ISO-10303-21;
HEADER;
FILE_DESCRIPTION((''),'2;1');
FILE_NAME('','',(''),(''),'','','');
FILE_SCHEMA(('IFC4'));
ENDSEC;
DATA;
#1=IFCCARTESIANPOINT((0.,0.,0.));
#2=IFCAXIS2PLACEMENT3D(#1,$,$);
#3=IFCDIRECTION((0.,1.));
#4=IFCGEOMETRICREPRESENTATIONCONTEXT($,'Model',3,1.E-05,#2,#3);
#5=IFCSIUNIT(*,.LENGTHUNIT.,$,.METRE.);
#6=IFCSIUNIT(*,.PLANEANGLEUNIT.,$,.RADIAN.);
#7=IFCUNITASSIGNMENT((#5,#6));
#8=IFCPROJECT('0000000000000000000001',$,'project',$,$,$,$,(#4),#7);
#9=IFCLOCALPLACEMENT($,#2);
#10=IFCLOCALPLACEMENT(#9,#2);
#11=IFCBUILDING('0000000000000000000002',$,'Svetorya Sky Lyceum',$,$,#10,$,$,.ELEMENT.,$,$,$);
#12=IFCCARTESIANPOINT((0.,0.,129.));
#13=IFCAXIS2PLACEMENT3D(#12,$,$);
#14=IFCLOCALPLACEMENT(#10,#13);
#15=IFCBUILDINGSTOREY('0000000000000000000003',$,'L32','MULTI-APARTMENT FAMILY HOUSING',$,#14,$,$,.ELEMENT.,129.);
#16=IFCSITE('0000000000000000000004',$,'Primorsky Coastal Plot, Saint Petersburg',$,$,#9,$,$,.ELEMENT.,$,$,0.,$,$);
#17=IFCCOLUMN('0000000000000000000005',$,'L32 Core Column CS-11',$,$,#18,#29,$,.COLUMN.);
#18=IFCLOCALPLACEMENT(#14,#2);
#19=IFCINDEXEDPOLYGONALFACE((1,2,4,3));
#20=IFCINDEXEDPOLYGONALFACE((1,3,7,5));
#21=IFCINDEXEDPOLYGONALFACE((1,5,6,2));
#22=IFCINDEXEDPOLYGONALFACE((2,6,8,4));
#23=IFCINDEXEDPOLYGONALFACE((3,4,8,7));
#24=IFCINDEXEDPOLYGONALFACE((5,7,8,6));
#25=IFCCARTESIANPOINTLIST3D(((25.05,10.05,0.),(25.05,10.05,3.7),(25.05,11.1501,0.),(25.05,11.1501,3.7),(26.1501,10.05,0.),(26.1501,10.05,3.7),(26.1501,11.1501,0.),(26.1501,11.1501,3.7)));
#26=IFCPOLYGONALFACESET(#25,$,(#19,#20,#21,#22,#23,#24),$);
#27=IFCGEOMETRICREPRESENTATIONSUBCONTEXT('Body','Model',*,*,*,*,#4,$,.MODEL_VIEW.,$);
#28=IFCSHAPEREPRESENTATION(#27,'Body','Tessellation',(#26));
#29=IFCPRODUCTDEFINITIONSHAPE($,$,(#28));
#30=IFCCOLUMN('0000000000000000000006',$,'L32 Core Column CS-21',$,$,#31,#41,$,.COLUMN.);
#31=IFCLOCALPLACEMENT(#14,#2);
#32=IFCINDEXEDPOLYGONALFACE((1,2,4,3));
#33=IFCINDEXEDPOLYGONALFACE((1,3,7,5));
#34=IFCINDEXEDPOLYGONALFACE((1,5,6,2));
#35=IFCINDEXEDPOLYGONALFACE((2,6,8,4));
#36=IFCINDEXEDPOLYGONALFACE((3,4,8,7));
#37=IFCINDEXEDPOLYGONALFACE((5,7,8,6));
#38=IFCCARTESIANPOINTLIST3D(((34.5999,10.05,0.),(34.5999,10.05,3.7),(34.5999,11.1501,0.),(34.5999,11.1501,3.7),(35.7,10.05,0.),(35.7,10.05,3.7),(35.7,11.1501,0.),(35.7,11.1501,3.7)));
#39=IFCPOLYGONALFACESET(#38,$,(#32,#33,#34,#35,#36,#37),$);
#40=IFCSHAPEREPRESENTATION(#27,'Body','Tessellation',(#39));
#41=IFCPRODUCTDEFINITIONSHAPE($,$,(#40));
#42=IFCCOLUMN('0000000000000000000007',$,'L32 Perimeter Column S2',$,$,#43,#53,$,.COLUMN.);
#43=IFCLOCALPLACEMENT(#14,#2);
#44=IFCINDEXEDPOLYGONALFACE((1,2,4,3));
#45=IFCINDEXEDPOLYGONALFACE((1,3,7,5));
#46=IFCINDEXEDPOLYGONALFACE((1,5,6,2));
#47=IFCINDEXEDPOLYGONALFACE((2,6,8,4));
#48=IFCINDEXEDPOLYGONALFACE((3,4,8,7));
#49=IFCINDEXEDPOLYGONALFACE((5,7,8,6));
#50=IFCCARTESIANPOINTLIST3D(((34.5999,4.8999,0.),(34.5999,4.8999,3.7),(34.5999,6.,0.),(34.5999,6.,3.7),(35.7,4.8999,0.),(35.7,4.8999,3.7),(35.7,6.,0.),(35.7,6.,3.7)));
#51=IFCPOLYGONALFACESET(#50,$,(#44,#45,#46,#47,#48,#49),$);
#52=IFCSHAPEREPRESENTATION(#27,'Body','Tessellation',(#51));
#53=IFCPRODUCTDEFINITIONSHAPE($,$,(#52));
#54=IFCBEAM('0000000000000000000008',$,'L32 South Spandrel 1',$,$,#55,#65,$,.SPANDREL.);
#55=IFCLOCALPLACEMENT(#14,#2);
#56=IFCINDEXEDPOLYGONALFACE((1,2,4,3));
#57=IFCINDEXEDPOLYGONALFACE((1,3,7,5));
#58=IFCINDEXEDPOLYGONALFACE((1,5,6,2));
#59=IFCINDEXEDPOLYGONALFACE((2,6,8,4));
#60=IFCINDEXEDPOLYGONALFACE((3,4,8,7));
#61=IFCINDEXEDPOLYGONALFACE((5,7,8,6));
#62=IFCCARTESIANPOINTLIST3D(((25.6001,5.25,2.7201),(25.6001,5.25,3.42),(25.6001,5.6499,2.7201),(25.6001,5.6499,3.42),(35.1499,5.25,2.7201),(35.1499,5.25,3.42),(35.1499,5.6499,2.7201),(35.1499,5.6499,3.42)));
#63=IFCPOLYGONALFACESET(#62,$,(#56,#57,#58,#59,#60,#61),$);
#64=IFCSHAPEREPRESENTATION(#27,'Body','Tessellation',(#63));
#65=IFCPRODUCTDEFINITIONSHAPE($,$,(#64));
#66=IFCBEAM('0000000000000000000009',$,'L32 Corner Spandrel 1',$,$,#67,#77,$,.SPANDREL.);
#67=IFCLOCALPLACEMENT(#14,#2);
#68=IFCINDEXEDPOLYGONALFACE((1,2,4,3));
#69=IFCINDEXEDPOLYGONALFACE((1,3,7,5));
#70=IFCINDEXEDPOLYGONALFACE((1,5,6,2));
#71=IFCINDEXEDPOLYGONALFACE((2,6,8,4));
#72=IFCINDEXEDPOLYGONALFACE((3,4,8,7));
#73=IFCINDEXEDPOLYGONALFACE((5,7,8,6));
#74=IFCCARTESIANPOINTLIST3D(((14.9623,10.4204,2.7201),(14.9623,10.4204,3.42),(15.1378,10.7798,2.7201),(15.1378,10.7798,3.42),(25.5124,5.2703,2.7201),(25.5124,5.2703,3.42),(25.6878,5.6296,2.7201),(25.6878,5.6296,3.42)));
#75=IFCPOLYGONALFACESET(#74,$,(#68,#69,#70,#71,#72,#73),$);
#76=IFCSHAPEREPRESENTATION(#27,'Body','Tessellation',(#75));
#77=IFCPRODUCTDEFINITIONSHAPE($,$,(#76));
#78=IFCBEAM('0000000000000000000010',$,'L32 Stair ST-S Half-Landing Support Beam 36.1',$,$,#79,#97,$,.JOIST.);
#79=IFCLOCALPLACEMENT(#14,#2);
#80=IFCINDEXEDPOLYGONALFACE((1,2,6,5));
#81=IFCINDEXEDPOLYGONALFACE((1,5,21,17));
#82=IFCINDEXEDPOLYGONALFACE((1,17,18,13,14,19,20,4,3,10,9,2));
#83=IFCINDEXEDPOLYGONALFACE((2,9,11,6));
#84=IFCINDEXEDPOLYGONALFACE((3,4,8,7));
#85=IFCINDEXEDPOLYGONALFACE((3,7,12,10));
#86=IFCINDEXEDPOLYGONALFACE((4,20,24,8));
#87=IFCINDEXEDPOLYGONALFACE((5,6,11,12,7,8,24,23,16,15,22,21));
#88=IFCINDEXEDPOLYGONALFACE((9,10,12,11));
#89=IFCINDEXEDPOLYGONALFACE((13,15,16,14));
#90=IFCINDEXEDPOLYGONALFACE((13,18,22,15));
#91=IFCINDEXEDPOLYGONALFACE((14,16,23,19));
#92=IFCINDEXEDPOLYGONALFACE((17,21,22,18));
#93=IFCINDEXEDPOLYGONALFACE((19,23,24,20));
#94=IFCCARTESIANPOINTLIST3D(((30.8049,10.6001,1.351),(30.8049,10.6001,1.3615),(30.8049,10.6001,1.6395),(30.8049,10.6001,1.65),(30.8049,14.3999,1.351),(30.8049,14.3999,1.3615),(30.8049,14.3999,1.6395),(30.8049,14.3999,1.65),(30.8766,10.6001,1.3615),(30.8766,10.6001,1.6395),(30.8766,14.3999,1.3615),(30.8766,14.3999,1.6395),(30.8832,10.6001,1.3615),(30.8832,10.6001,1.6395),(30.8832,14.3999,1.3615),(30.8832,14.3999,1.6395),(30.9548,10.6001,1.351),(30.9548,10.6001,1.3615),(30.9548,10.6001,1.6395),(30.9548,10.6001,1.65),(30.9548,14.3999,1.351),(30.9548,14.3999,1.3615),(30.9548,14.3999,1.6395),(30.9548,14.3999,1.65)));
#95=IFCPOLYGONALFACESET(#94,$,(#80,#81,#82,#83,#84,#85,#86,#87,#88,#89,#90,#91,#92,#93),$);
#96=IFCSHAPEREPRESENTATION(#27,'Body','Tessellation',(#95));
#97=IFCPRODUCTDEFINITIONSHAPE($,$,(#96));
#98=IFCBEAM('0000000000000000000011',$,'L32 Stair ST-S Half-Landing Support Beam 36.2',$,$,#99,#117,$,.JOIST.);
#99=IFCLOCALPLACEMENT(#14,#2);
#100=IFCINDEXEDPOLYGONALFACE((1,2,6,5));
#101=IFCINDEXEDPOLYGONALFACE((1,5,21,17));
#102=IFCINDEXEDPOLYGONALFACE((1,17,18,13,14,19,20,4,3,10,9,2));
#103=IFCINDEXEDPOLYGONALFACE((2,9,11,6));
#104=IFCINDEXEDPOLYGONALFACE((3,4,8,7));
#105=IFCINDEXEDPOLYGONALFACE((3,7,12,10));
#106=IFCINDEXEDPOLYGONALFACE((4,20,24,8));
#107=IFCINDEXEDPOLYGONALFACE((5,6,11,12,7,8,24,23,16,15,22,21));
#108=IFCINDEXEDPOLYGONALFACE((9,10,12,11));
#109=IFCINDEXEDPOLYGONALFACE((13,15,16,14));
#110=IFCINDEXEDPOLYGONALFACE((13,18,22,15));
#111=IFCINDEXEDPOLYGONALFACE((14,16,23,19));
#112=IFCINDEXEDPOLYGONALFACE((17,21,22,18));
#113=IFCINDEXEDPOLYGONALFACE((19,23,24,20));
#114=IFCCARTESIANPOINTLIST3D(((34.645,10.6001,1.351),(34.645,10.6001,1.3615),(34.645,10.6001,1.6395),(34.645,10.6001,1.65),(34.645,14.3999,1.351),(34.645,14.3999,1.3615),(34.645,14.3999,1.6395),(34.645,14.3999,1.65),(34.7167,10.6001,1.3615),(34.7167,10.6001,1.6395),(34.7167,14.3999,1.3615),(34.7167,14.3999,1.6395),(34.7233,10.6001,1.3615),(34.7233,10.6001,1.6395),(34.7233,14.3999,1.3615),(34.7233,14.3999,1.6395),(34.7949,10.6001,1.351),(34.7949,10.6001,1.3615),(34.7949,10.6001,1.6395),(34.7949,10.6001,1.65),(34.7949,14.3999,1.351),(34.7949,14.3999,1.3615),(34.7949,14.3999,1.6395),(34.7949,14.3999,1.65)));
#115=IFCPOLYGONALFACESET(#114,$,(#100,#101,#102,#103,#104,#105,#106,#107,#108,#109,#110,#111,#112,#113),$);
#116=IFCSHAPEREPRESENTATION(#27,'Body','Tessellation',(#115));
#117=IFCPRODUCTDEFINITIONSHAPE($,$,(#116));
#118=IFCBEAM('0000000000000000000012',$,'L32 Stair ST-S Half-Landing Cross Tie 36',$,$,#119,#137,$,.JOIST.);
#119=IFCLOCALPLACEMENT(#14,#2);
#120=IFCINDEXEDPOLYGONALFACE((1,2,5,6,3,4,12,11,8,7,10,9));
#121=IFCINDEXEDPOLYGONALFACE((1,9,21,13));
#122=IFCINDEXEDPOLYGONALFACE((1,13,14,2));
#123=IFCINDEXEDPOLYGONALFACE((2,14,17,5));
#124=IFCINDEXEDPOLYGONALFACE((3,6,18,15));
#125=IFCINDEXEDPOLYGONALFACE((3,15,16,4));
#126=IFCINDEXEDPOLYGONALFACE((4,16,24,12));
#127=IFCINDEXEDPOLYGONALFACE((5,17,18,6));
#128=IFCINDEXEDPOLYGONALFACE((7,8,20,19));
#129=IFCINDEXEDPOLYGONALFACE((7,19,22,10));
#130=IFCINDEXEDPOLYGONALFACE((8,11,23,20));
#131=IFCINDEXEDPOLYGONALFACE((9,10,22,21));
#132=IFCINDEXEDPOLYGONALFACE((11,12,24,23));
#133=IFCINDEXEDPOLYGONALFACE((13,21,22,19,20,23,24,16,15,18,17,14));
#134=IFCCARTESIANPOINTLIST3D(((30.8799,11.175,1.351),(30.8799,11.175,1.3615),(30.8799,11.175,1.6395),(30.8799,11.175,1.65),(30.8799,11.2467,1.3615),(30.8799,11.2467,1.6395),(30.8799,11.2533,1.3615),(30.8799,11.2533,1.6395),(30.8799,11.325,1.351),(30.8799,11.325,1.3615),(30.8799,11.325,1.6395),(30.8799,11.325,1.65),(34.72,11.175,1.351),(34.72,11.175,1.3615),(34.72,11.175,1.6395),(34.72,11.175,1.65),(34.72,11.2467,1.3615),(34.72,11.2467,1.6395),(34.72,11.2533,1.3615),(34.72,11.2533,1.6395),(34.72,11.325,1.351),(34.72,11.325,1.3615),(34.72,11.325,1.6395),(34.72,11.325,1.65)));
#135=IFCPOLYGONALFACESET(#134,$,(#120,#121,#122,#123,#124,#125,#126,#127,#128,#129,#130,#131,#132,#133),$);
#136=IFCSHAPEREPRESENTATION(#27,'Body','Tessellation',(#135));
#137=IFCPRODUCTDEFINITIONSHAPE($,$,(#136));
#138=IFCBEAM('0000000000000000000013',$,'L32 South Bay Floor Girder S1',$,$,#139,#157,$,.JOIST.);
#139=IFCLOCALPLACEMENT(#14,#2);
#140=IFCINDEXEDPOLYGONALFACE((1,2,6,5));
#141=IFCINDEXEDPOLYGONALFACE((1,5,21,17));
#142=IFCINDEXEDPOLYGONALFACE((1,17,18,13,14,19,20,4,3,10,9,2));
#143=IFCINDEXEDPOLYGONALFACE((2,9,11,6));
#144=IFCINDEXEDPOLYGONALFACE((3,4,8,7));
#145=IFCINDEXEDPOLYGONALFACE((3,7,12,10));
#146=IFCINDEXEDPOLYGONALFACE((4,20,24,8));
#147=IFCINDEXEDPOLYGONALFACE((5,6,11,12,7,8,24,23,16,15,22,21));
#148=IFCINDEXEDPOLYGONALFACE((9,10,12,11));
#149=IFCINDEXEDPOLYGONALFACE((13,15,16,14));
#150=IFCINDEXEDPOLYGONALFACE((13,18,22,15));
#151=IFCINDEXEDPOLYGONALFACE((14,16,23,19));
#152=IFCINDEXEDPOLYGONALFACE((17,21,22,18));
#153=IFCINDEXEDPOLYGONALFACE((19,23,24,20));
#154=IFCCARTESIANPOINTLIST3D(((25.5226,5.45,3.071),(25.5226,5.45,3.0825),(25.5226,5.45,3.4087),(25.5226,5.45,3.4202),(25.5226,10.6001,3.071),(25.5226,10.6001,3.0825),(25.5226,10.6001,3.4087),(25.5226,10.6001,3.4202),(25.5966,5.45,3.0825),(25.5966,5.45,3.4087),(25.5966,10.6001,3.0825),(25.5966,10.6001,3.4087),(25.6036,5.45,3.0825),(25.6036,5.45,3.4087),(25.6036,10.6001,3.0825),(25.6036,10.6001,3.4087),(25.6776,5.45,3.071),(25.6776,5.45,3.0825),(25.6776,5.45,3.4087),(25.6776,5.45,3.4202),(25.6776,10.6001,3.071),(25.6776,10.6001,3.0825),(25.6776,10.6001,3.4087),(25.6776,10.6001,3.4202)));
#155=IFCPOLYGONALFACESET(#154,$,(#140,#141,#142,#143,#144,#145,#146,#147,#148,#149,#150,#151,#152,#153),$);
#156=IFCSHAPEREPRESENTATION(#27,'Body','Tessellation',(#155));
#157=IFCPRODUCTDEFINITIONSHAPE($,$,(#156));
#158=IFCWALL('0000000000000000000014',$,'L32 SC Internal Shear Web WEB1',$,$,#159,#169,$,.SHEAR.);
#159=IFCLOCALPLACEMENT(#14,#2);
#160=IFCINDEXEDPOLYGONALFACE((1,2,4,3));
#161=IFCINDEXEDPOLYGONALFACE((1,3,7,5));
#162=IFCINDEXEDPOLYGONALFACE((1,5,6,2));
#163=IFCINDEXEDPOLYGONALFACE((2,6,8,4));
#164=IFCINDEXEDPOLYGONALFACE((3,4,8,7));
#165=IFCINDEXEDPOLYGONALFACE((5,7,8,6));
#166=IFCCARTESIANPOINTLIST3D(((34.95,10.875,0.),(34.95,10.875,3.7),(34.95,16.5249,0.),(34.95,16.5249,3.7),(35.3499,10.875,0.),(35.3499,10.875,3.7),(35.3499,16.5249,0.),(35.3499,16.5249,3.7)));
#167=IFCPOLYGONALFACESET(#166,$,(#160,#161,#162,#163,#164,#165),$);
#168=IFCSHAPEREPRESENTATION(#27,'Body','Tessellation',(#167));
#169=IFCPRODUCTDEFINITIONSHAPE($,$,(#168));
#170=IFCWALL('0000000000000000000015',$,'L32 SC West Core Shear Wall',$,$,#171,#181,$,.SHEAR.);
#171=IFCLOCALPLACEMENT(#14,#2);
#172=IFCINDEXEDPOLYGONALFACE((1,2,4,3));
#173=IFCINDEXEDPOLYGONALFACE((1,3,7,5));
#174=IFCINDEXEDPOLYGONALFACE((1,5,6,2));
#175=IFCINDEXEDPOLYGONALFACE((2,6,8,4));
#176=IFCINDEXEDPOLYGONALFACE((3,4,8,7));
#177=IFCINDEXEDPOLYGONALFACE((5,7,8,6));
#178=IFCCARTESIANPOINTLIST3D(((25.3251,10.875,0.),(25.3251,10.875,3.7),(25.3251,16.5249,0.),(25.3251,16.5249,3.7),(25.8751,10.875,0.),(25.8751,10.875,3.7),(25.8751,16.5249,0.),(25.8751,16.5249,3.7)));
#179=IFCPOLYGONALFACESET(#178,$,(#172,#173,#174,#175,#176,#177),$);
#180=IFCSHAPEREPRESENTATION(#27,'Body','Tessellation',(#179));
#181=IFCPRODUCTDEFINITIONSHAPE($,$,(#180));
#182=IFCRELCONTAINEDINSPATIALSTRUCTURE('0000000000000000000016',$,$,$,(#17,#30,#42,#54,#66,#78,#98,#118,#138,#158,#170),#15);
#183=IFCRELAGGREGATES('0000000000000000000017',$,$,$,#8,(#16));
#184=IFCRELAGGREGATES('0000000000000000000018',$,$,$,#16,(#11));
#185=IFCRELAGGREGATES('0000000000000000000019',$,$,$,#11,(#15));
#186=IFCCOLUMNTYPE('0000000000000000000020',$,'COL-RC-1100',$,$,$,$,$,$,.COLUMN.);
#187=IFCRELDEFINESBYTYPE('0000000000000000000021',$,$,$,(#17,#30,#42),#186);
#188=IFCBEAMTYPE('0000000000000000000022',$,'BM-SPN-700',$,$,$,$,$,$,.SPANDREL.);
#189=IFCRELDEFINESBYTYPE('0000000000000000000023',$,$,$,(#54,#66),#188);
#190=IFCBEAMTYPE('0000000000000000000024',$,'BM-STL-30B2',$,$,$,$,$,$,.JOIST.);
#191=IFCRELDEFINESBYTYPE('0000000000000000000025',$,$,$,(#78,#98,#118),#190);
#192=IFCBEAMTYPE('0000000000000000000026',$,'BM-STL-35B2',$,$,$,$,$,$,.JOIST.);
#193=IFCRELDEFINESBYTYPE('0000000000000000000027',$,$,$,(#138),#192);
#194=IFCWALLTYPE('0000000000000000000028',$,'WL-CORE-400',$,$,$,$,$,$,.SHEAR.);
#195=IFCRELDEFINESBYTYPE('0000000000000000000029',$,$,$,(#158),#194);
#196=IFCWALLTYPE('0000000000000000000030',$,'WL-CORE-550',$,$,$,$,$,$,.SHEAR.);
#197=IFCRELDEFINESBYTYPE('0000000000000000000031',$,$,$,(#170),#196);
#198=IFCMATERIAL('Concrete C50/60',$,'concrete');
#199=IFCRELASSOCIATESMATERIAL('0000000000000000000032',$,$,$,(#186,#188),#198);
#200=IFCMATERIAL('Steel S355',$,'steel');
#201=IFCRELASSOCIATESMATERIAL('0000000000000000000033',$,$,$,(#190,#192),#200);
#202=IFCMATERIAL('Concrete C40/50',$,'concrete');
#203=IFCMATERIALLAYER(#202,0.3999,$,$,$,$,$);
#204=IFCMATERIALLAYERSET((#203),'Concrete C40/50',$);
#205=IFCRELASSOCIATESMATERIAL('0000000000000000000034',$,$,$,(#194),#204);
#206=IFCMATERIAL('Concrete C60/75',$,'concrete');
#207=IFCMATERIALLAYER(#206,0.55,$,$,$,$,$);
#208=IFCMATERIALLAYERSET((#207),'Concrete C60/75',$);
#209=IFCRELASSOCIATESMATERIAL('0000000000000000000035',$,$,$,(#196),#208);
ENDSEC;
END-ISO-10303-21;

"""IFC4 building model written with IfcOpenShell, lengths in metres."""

from ifc_helpers import new_model, si_unit, direction, frame, frame_2d, origin, origin_2d, place, context, subcontext, project, spatial, rectangle, i_section, extrude, material, layer, layer_set, material_profile, profile_set, type_object, element, save


model = new_model("IFC4")

# Units and contexts
model_context = context("Model", 3, precision=1e-05, world=origin(), true_north=direction((0.0, 1.0)))
body_context = subcontext(model_context, "Body", "Model", "MODEL_VIEW")
ifc_project = project(units=[si_unit("LENGTHUNIT", "METRE"), si_unit("PLANEANGLEUNIT", "RADIAN")], contexts=[model_context])

# Site, building, storey
site_placement = place(None, origin())
site = spatial("IfcSite", under=ifc_project, at=site_placement, Name="Primorsky Coastal Plot, Saint Petersburg", CompositionType="ELEMENT", RefElevation=0.0)
building_placement = place(site_placement, origin())
building = spatial("IfcBuilding", under=site, at=building_placement, Name="Svetorya Sky Lyceum", CompositionType="ELEMENT")
storey_placement = place(building_placement, frame((0.0, 0.0, 129.0)))
storey = spatial("IfcBuildingStorey", under=building, at=storey_placement, Name="L32", Description="MULTI-APARTMENT FAMILY HOUSING", CompositionType="ELEMENT", Elevation=129.0)

# Columns
ifc_material_1 = material(Name="Concrete C50/60", Category="concrete")
ifc_material_profile_1 = material_profile(ifc_material_1, rectangle(XDim=1.1001, YDim=1.1001, at=origin_2d()), Name="RC COL 1100x1100")
ifc_profile_set_1 = profile_set([ifc_material_profile_1], Name="Concrete C50/60")
column_type = type_object("IfcColumnType", Name="COL-RC-1100", PredefinedType="COLUMN", material=ifc_profile_set_1)
for number, where, z_axis, x_axis, name in (
    (1, (25.6001, 10.6001, 0.0), (0.0, 0.0, 1.0), (1.0, 0.0, 0.0), "L32 Core Column CS-11"),
    (2, (35.1499, 10.6001, 0.0), (0.0, 0.0, 1.0), (1.0, 0.0, 0.0), "L32 Core Column CS-21"),
    (3, (35.1499, 5.45, 0.0), (0.0, 0.0, 1.0), (1.0, 0.0, 0.0), "L32 Perimeter Column S2"),
):
    element("IfcColumn", number, at=place(storey_placement, frame(where, z_axis=z_axis, x_axis=x_axis)), inside=storey, type_object=column_type, Name=name, PredefinedType="COLUMN", context=body_context, shape_type="SweptSolid", body=[
        extrude(rectangle(XDim=1.1001, YDim=1.1001, at=origin_2d()), origin(), (0.0, 0.0, 1.0), 3.7),
    ])

# Beams
ifc_material_profile_2 = material_profile(ifc_material_1, rectangle(XDim=0.3999, YDim=0.7, at=origin_2d()), Name="RC SPANDREL 400x700")
ifc_profile_set_2 = profile_set([ifc_material_profile_2], Name="Concrete C50/60")
beam_type_1 = type_object("IfcBeamType", Name="BM-SPN-700", PredefinedType="SPANDREL", material=ifc_profile_set_2)
beam_1_placement = place(storey_placement, frame((25.6001, 5.45, 3.0701), z_axis=(1.0, 0.0, 0.0), x_axis=(0.0, 1.0, 0.0)))
element("IfcBeam", 4, at=beam_1_placement, inside=storey, type_object=beam_type_1, Name="L32 South Spandrel 1", PredefinedType="SPANDREL", context=body_context, shape_type="SweptSolid", body=[
    extrude(rectangle(XDim=0.3999, YDim=0.7, at=origin_2d()), origin(), (0.0, 0.0, 1.0), 9.5498),
])
beam_2_placement = place(storey_placement, frame((25.6001, 5.45, 3.0701), z_axis=(-0.898641, 0.438684, 0.0), x_axis=(-0.438684, -0.898641, 0.0)))
element("IfcBeam", 5, at=beam_2_placement, inside=storey, type_object=beam_type_1, Name="L32 Corner Spandrel 1", PredefinedType="SPANDREL", context=body_context, shape_type="SweptSolid", body=[
    extrude(rectangle(XDim=0.3999, YDim=0.7, at=origin_2d()), origin(), (0.0, 0.0, 1.0), 11.74),
])
ifc_material_2 = material(Name="Steel S355", Category="steel")
ifc_material_profile_3 = material_profile(ifc_material_2, i_section(OverallWidth=0.1499, OverallDepth=0.2991, WebThickness=0.0066, FlangeThickness=0.0105, at=origin_2d()), Name="GOST 30B2")
ifc_profile_set_3 = profile_set([ifc_material_profile_3], Name="Steel S355")
beam_type_2 = type_object("IfcBeamType", Name="BM-STL-30B2", PredefinedType="JOIST", material=ifc_profile_set_3)
for number, where, z_axis, x_axis, name in (
    (6, (30.8799, 10.6001, 1.5005), (0.0, 1.0, 0.0), (-1.0, 0.0, 0.0), "L32 Stair ST-S Half-Landing Support Beam 36.1"),
    (7, (34.72, 10.6001, 1.5005), (0.0, 1.0, 0.0), (-1.0, 0.0, 0.0), "L32 Stair ST-S Half-Landing Support Beam 36.2"),
):
    element("IfcBeam", number, at=place(storey_placement, frame(where, z_axis=z_axis, x_axis=x_axis)), inside=storey, type_object=beam_type_2, Name=name, PredefinedType="JOIST", context=body_context, shape_type="SweptSolid", body=[
        extrude(i_section(OverallWidth=0.1499, OverallDepth=0.2991, WebThickness=0.0066, FlangeThickness=0.0105, at=origin_2d()), origin(), (0.0, 0.0, 1.0), 3.7998),
    ])
beam_3_placement = place(storey_placement, frame((30.8799, 11.25, 1.5005), z_axis=(1.0, 0.0, 0.0), x_axis=(0.0, 1.0, 0.0)))
element("IfcBeam", 8, at=beam_3_placement, inside=storey, type_object=beam_type_2, Name="L32 Stair ST-S Half-Landing Cross Tie 36", PredefinedType="JOIST", context=body_context, shape_type="SweptSolid", body=[
    extrude(i_section(OverallWidth=0.1499, OverallDepth=0.2991, WebThickness=0.0066, FlangeThickness=0.0105, at=origin_2d()), origin(), (0.0, 0.0, 1.0), 3.8401),
])
ifc_material_profile_4 = material_profile(ifc_material_2, i_section(OverallWidth=0.155, OverallDepth=0.3491, WebThickness=0.0071, FlangeThickness=0.0115, at=origin_2d()), Name="GOST 35B2")
ifc_profile_set_4 = profile_set([ifc_material_profile_4], Name="Steel S355")
beam_type_3 = type_object("IfcBeamType", Name="BM-STL-35B2", PredefinedType="JOIST", material=ifc_profile_set_4)
beam_4_placement = place(storey_placement, frame((25.6001, 5.45, 3.2456), z_axis=(0.0, 1.0, 0.0), x_axis=(-1.0, 0.0, 0.0)))
element("IfcBeam", 9, at=beam_4_placement, inside=storey, type_object=beam_type_3, Name="L32 South Bay Floor Girder S1", PredefinedType="JOIST", context=body_context, shape_type="SweptSolid", body=[
    extrude(i_section(OverallWidth=0.155, OverallDepth=0.3491, WebThickness=0.0071, FlangeThickness=0.0115, at=origin_2d()), origin(), (0.0, 0.0, 1.0), 5.1501),
])

# Walls
ifc_material_3 = material(Name="Concrete C40/50", Category="concrete")
ifc_layer_1 = layer(ifc_material_3, 0.3999)
ifc_layer_set_1 = layer_set([ifc_layer_1], Name="Concrete C40/50")
wall_type_1 = type_object("IfcWallType", Name="WL-CORE-400", PredefinedType="SHEAR", material=ifc_layer_set_1)
wall_1_placement = place(storey_placement, frame((35.1499, 10.875, 0.0), z_axis=(0.0, 0.0, 1.0), x_axis=(0.0, 1.0, 0.0)))
element("IfcWall", 10, at=wall_1_placement, inside=storey, type_object=wall_type_1, Name="L32 SC Internal Shear Web WEB1", PredefinedType="SHEAR", context=body_context, shape_type="SweptSolid", body=[
    extrude(rectangle(XDim=5.6499, YDim=0.3999, at=frame_2d((2.825, 0.0))), origin(), (0.0, 0.0, 1.0), 3.7),
])
ifc_material_4 = material(Name="Concrete C60/75", Category="concrete")
ifc_layer_2 = layer(ifc_material_4, 0.55)
ifc_layer_set_2 = layer_set([ifc_layer_2], Name="Concrete C60/75")
wall_type_2 = type_object("IfcWallType", Name="WL-CORE-550", PredefinedType="SHEAR", material=ifc_layer_set_2)
wall_2_placement = place(storey_placement, frame((25.6001, 10.875, 0.0), z_axis=(0.0, 0.0, 1.0), x_axis=(0.0, 1.0, 0.0)))
element("IfcWall", 11, at=wall_2_placement, inside=storey, type_object=wall_type_2, Name="L32 SC West Core Shear Wall", PredefinedType="SHEAR", context=body_context, shape_type="SweptSolid", body=[
    extrude(rectangle(XDim=5.6499, YDim=0.55, at=frame_2d((2.825, 0.0))), origin(), (0.0, 0.0, 1.0), 3.7),
])

save(model, "model.ifc")
